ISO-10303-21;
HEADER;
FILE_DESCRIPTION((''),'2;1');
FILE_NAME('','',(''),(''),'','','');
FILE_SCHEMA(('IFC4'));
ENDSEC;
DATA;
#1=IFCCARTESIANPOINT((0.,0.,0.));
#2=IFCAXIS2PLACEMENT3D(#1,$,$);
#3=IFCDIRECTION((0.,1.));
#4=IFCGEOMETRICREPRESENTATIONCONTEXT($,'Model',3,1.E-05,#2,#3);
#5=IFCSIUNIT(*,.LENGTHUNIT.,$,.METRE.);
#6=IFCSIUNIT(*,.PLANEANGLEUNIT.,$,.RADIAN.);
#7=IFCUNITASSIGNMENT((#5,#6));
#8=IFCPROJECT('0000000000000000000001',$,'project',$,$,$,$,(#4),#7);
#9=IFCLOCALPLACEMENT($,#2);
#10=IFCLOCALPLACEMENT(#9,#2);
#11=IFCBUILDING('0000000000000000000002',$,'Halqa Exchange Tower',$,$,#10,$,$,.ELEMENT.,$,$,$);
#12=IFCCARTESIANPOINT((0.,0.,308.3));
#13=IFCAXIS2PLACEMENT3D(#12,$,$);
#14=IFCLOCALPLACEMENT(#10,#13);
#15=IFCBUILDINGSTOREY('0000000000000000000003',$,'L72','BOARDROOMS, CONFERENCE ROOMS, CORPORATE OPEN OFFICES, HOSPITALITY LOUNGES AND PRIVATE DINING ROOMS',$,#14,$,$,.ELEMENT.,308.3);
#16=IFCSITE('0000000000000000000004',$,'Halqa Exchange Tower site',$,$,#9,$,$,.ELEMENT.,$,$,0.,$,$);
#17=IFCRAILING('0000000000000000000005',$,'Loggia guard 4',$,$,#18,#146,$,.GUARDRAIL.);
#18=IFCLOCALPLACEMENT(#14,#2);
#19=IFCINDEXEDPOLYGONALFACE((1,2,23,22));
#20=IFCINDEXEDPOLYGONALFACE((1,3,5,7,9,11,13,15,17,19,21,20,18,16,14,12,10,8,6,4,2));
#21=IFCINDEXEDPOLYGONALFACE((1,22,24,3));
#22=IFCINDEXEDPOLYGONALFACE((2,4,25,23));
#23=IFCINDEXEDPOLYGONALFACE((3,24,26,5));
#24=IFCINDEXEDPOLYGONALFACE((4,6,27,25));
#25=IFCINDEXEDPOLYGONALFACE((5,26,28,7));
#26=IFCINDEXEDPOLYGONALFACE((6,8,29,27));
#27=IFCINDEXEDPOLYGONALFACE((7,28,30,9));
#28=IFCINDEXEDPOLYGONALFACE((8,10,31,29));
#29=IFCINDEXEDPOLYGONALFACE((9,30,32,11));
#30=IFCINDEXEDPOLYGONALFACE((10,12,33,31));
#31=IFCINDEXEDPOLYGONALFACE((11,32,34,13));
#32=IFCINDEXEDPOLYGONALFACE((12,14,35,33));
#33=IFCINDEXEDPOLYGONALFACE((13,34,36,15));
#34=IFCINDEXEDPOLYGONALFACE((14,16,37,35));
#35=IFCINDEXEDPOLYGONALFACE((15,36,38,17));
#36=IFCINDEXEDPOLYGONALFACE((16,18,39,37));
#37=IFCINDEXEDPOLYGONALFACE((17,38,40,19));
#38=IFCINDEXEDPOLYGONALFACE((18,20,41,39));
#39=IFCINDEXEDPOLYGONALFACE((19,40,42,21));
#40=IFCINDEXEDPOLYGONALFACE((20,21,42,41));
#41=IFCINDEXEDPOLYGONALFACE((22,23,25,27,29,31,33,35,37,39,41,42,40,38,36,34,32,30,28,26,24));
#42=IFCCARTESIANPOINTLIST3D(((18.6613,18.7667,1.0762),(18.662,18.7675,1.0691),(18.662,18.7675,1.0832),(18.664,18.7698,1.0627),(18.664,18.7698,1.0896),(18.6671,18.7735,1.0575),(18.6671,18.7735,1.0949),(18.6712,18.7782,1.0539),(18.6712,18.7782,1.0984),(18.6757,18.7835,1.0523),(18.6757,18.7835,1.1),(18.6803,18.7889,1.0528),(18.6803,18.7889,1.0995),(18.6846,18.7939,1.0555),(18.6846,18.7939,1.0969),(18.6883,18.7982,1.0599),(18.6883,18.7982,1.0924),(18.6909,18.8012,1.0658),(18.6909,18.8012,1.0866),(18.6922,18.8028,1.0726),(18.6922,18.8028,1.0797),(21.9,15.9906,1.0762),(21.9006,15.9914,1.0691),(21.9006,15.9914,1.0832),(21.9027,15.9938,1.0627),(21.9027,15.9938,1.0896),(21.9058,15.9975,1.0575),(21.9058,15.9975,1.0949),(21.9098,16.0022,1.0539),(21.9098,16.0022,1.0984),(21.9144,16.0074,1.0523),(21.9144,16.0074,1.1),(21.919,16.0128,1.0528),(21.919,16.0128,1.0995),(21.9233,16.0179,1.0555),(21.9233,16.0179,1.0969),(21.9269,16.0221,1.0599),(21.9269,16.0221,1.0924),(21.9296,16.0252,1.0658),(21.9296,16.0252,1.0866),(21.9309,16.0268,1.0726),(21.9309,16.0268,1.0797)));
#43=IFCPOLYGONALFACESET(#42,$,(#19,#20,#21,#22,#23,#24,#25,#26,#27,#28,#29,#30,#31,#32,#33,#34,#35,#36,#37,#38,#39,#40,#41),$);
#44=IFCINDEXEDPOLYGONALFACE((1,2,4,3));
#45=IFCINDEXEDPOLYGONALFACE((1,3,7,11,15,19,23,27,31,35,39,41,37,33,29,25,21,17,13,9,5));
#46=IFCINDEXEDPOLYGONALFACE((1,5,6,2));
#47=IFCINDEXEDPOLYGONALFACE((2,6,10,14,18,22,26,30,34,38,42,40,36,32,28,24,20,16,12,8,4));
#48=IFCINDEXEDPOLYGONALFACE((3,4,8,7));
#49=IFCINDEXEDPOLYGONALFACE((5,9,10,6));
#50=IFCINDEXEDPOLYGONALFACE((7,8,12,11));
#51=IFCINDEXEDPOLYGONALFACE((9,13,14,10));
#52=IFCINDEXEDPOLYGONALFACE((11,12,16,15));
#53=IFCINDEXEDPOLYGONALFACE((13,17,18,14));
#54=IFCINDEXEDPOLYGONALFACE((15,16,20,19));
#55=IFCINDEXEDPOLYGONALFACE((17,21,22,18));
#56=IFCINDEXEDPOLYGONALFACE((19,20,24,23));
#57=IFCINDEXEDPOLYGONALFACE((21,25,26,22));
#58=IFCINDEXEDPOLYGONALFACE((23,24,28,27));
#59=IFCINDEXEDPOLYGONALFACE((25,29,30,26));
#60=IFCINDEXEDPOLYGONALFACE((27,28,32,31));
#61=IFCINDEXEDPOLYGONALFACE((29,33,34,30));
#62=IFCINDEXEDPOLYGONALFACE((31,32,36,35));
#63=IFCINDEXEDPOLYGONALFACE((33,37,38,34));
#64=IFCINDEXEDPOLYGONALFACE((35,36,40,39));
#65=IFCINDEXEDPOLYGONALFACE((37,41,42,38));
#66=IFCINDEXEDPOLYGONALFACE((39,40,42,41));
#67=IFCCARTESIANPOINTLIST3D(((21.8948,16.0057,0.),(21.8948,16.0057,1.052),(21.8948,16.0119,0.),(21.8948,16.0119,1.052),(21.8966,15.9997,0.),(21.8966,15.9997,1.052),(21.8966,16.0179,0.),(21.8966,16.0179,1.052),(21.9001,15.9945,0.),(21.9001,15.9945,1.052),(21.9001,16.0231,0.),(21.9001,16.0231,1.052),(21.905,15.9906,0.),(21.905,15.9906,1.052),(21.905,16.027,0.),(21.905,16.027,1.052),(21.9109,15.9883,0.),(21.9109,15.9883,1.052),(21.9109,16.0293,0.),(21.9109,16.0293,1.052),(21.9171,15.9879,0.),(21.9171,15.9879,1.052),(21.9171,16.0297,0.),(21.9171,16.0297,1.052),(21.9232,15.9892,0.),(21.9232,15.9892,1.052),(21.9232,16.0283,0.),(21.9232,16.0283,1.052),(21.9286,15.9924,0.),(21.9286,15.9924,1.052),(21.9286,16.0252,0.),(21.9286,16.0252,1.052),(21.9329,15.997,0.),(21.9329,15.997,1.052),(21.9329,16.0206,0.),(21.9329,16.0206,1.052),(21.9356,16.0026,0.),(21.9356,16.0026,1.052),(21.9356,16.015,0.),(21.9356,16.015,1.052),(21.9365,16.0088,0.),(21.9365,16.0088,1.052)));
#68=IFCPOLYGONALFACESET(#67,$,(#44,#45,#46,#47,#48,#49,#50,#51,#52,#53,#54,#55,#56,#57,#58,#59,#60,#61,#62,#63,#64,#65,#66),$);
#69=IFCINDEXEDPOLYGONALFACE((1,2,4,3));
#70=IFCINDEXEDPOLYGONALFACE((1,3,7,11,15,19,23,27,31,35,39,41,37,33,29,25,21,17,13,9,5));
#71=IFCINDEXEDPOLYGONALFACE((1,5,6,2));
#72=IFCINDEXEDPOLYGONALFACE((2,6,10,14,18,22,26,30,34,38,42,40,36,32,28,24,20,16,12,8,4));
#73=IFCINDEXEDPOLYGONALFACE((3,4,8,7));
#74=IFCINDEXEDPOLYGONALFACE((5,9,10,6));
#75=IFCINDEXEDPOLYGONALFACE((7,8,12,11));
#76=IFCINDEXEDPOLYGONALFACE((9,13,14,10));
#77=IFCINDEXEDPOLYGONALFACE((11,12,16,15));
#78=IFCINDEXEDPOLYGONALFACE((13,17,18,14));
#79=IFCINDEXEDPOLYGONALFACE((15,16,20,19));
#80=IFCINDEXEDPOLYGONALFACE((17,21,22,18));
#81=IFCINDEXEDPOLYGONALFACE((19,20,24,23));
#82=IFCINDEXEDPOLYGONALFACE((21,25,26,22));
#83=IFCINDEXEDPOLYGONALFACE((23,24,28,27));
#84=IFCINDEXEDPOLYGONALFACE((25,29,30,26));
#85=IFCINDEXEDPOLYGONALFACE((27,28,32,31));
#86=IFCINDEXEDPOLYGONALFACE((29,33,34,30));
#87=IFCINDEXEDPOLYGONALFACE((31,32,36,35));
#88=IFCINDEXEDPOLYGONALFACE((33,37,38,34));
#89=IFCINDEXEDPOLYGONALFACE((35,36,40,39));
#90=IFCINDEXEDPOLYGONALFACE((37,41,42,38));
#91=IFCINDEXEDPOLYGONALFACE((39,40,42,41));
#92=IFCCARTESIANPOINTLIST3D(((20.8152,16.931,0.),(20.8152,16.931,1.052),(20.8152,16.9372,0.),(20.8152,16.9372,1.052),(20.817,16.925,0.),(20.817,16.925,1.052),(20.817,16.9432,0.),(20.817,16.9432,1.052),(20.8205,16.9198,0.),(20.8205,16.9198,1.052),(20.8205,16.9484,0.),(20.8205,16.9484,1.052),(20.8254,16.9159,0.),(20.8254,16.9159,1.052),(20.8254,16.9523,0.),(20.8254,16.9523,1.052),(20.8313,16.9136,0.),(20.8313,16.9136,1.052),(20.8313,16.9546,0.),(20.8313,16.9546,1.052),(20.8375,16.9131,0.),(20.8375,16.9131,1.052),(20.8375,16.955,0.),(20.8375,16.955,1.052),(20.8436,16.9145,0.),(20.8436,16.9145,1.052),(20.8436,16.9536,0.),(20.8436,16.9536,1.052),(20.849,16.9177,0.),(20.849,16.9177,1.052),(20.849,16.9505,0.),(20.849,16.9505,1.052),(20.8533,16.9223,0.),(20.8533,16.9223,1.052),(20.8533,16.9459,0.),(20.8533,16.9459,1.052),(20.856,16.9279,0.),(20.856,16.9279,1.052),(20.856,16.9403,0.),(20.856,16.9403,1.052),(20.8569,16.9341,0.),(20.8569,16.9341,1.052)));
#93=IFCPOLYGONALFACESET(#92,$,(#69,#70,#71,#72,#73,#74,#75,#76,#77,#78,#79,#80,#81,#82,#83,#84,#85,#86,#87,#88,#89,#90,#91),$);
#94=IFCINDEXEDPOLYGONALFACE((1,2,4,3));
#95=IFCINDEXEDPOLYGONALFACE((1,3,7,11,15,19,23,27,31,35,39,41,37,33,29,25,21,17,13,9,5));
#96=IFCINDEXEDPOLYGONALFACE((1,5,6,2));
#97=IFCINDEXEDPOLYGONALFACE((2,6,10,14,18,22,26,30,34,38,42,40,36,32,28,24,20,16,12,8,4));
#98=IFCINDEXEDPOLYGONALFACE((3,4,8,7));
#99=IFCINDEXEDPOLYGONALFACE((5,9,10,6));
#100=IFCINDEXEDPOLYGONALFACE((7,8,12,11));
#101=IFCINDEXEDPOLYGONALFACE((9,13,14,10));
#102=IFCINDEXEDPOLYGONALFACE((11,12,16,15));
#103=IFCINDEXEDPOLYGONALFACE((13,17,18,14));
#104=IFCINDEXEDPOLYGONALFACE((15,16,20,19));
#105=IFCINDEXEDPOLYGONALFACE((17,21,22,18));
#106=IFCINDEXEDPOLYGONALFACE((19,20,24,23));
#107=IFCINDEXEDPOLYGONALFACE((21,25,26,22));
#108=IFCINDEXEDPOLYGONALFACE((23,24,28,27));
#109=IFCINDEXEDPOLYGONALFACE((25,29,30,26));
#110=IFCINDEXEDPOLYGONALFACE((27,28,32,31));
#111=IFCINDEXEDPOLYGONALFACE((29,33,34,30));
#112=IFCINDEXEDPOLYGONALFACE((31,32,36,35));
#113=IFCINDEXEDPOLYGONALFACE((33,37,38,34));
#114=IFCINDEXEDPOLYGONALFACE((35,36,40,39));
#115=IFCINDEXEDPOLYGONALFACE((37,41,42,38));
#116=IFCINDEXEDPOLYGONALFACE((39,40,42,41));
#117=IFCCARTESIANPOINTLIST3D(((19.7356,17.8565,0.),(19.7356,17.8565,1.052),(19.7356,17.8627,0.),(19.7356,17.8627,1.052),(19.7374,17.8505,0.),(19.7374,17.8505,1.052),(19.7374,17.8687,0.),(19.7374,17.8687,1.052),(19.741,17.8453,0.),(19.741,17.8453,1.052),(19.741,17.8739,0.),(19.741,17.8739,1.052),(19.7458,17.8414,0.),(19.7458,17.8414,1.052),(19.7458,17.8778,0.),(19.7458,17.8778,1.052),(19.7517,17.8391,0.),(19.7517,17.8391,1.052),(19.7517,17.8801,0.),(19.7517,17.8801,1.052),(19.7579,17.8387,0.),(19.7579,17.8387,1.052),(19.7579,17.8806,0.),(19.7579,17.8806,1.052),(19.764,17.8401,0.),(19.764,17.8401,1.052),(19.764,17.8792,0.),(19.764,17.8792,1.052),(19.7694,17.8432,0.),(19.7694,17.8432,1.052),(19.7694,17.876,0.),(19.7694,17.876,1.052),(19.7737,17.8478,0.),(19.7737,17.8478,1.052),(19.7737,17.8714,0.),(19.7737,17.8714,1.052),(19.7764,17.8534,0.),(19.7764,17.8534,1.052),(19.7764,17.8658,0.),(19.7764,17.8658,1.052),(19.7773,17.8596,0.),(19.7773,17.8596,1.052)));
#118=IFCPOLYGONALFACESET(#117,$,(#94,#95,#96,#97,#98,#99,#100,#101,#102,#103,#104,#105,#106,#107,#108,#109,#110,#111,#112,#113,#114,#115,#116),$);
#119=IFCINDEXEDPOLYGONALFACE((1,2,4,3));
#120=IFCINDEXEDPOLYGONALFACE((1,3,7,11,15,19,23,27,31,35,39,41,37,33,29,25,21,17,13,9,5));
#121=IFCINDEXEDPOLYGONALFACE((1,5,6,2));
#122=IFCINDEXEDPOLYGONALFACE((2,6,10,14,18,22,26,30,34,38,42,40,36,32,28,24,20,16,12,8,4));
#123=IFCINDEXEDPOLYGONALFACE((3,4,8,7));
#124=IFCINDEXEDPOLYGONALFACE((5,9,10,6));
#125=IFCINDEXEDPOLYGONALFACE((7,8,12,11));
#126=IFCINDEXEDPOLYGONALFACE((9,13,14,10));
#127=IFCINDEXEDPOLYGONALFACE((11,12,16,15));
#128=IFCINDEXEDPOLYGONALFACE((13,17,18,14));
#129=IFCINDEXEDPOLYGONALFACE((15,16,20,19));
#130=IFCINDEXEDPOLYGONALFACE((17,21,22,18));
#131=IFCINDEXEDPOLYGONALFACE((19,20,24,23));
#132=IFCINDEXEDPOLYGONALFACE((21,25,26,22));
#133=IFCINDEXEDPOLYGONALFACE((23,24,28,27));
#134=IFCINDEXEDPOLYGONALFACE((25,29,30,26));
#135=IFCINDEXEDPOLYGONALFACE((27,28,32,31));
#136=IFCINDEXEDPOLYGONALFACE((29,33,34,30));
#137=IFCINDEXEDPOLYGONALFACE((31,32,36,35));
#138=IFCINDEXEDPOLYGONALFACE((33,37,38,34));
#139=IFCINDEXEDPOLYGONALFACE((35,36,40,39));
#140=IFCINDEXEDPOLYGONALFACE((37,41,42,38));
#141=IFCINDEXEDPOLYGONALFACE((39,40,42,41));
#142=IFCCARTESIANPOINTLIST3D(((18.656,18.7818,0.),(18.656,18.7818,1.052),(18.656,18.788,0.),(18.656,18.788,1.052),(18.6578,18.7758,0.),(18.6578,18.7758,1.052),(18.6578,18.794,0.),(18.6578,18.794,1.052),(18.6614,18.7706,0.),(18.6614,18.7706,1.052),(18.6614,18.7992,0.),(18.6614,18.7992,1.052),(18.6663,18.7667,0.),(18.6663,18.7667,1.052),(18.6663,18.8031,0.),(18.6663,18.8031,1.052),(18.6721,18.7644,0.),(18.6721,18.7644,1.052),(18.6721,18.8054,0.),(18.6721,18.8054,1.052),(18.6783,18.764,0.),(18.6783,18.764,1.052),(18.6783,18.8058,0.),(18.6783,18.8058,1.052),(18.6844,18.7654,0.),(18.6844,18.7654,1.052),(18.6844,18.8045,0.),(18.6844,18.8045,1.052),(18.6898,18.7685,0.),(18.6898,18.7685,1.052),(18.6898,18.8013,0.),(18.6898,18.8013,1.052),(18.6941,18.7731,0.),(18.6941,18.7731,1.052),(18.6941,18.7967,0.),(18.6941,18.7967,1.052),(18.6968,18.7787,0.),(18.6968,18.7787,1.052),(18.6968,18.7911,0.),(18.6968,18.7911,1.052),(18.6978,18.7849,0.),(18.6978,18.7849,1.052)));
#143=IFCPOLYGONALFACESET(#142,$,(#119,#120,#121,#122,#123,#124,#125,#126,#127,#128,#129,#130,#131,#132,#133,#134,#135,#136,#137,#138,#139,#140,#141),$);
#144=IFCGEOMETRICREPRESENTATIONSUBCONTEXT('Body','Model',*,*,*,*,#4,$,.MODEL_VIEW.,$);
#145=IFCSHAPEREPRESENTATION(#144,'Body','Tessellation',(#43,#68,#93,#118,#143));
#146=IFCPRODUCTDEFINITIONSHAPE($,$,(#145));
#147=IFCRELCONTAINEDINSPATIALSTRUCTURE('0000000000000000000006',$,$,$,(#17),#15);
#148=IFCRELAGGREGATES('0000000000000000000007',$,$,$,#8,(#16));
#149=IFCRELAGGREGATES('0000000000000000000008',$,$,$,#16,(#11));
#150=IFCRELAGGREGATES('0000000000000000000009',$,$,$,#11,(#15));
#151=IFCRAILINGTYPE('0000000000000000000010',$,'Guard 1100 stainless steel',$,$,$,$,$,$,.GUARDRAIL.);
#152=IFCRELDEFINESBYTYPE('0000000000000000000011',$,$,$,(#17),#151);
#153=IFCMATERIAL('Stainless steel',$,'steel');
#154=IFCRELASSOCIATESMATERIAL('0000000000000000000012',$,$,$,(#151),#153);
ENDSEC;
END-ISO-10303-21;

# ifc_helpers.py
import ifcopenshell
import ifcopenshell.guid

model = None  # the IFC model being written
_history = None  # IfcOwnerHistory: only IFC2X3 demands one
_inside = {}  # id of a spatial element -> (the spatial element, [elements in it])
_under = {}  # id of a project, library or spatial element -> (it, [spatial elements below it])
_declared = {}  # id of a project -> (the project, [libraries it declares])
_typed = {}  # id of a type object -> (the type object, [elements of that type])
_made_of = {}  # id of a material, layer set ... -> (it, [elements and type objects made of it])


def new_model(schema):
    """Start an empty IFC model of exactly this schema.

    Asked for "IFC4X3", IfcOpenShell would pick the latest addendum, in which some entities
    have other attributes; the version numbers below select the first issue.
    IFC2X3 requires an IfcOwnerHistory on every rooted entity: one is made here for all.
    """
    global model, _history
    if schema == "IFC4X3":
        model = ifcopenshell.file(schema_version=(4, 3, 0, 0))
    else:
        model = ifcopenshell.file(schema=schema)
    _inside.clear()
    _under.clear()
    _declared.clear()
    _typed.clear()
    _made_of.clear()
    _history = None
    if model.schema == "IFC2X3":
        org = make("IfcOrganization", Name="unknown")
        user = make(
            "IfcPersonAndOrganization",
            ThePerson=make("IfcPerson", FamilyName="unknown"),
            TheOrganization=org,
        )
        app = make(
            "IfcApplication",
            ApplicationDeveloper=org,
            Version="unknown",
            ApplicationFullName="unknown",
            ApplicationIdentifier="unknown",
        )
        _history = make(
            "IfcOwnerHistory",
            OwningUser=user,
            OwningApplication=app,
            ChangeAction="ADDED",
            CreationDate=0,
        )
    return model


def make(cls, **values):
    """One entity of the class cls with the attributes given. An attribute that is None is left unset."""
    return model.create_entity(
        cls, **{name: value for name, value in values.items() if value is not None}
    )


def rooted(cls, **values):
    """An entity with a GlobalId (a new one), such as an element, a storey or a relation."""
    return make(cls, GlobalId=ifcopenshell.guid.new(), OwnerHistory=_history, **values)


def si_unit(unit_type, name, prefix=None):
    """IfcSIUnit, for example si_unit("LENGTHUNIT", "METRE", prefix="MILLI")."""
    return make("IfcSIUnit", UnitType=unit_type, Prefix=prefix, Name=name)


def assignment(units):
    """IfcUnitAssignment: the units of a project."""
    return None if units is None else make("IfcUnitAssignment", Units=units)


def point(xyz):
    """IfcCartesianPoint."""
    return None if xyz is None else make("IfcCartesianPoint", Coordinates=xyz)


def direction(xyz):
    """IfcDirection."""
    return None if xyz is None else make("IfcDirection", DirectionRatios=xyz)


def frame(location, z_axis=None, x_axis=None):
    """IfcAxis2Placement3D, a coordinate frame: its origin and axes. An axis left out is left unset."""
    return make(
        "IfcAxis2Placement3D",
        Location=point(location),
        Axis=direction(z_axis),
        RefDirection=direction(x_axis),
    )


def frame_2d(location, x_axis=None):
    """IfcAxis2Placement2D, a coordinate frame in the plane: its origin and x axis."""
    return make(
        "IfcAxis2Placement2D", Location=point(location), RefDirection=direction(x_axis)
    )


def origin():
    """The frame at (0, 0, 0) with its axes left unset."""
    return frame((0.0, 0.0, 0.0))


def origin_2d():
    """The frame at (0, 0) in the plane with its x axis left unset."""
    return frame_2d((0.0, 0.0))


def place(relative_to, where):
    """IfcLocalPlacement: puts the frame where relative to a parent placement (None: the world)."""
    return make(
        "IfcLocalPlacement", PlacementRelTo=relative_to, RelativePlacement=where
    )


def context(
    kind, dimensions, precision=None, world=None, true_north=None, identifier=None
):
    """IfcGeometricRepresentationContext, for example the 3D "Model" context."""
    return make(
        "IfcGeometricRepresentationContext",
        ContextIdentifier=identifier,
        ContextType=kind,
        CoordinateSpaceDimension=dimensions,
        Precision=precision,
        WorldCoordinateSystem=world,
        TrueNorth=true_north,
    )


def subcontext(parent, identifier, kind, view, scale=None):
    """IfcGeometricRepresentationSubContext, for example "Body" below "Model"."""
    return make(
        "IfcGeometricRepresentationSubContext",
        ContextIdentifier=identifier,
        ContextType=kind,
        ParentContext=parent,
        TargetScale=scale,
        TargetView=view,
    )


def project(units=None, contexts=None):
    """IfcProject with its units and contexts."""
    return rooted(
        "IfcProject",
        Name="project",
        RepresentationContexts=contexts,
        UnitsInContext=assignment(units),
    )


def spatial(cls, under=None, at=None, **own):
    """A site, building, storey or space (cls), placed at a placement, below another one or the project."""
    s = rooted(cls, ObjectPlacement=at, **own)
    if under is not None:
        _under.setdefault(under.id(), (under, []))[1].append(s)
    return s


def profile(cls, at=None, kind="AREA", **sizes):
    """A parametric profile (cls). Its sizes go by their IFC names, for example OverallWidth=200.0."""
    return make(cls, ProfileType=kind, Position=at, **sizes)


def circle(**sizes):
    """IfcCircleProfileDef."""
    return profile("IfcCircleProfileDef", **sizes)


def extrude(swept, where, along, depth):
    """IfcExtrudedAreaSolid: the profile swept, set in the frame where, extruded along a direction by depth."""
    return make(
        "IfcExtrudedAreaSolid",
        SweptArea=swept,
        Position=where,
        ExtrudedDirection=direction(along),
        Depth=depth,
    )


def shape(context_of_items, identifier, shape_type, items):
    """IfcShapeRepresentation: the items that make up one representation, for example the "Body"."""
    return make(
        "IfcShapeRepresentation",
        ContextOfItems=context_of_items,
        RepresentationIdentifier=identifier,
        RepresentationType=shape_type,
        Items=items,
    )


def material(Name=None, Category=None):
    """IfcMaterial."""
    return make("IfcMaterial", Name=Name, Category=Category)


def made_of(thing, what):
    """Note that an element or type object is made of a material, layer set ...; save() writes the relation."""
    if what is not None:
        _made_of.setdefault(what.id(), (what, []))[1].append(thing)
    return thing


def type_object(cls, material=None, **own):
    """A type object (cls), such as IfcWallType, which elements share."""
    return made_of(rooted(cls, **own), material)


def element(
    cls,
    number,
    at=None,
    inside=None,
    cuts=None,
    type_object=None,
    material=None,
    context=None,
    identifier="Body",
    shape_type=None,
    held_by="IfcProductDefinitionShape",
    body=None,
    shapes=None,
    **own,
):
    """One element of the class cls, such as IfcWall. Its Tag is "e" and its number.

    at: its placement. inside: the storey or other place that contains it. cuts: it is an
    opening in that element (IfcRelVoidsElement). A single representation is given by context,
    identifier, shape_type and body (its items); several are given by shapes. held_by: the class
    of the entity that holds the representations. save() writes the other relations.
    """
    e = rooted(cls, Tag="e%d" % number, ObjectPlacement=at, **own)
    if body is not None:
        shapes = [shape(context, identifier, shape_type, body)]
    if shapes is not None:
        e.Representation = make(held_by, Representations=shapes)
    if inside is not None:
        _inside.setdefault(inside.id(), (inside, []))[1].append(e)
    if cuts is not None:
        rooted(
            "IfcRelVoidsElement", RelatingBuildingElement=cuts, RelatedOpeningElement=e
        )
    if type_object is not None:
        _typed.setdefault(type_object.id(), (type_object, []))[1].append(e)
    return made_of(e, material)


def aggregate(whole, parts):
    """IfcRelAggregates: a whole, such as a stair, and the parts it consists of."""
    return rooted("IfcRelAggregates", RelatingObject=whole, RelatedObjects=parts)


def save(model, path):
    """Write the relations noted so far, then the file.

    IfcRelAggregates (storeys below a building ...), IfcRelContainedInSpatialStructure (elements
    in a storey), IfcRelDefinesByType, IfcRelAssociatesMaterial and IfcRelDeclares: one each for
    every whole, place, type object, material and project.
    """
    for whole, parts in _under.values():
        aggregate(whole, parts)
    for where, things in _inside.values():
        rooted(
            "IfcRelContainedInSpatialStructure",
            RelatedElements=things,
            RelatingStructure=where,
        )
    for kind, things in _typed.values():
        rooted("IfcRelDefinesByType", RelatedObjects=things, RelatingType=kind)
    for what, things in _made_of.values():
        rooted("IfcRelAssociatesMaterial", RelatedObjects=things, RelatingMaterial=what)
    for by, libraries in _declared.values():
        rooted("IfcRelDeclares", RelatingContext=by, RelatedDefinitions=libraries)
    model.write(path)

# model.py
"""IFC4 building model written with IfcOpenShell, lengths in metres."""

from ifc_helpers import new_model, si_unit, direction, frame, origin, origin_2d, place, context, subcontext, project, spatial, circle, extrude, material, type_object, element, save


model = new_model("IFC4")

# Units and contexts
model_context = context("Model", 3, precision=1e-05, world=origin(), true_north=direction((0.0, 1.0)))
body_context = subcontext(model_context, "Body", "Model", "MODEL_VIEW")
ifc_project = project(units=[si_unit("LENGTHUNIT", "METRE"), si_unit("PLANEANGLEUNIT", "RADIAN")], contexts=[model_context])

# Site, building, storey
site_placement = place(None, origin())
site = spatial("IfcSite", under=ifc_project, at=site_placement, Name="Halqa Exchange Tower site", CompositionType="ELEMENT", RefElevation=0.0)
building_placement = place(site_placement, origin())
building = spatial("IfcBuilding", under=site, at=building_placement, Name="Halqa Exchange Tower", CompositionType="ELEMENT")
storey_placement = place(building_placement, frame((0.0, 0.0, 308.3)))
storey = spatial("IfcBuildingStorey", under=building, at=storey_placement, Name="L72", Description="BOARDROOMS, CONFERENCE ROOMS, CORPORATE OPEN OFFICES, HOSPITALITY LOUNGES AND PRIVATE DINING ROOMS", CompositionType="ELEMENT", Elevation=308.3)

# Railing
ifc_material_1 = material(Name="Stainless steel", Category="steel")
railing_type = type_object("IfcRailingType", Name="Guard 1100 stainless steel", PredefinedType="GUARDRAIL", material=ifc_material_1)
railing_1_placement = place(storey_placement, frame((21.9155, 16.0088, 0.0)))
element("IfcRailing", 1, at=railing_1_placement, inside=storey, type_object=railing_type, Name="Loggia guard 4", PredefinedType="GUARDRAIL", context=body_context, shape_type="SweptSolid", body=[
    extrude(circle(Radius=0.0239, at=origin_2d()), frame((0.0, 0.0, 1.0762), z_axis=(-0.759253, 0.650796, 0.0), x_axis=(-0.650796, -0.759253, 0.0)), (0.0, 0.0, 1.0), 4.2656),
    extrude(circle(Radius=0.021, at=origin_2d()), origin(), (0.0, 0.0, 1.0), 1.052),
    extrude(circle(Radius=0.021, at=origin_2d()), frame((-1.0796, 0.9253, 0.0)), (0.0, 0.0, 1.0), 1.052),
    extrude(circle(Radius=0.021, at=origin_2d()), frame((-2.1592, 1.8508, 0.0)), (0.0, 0.0, 1.0), 1.052),
    extrude(circle(Radius=0.021, at=origin_2d()), frame((-3.2388, 2.7761, 0.0)), (0.0, 0.0, 1.0), 1.052),
])

save(model, "model.ifc")
